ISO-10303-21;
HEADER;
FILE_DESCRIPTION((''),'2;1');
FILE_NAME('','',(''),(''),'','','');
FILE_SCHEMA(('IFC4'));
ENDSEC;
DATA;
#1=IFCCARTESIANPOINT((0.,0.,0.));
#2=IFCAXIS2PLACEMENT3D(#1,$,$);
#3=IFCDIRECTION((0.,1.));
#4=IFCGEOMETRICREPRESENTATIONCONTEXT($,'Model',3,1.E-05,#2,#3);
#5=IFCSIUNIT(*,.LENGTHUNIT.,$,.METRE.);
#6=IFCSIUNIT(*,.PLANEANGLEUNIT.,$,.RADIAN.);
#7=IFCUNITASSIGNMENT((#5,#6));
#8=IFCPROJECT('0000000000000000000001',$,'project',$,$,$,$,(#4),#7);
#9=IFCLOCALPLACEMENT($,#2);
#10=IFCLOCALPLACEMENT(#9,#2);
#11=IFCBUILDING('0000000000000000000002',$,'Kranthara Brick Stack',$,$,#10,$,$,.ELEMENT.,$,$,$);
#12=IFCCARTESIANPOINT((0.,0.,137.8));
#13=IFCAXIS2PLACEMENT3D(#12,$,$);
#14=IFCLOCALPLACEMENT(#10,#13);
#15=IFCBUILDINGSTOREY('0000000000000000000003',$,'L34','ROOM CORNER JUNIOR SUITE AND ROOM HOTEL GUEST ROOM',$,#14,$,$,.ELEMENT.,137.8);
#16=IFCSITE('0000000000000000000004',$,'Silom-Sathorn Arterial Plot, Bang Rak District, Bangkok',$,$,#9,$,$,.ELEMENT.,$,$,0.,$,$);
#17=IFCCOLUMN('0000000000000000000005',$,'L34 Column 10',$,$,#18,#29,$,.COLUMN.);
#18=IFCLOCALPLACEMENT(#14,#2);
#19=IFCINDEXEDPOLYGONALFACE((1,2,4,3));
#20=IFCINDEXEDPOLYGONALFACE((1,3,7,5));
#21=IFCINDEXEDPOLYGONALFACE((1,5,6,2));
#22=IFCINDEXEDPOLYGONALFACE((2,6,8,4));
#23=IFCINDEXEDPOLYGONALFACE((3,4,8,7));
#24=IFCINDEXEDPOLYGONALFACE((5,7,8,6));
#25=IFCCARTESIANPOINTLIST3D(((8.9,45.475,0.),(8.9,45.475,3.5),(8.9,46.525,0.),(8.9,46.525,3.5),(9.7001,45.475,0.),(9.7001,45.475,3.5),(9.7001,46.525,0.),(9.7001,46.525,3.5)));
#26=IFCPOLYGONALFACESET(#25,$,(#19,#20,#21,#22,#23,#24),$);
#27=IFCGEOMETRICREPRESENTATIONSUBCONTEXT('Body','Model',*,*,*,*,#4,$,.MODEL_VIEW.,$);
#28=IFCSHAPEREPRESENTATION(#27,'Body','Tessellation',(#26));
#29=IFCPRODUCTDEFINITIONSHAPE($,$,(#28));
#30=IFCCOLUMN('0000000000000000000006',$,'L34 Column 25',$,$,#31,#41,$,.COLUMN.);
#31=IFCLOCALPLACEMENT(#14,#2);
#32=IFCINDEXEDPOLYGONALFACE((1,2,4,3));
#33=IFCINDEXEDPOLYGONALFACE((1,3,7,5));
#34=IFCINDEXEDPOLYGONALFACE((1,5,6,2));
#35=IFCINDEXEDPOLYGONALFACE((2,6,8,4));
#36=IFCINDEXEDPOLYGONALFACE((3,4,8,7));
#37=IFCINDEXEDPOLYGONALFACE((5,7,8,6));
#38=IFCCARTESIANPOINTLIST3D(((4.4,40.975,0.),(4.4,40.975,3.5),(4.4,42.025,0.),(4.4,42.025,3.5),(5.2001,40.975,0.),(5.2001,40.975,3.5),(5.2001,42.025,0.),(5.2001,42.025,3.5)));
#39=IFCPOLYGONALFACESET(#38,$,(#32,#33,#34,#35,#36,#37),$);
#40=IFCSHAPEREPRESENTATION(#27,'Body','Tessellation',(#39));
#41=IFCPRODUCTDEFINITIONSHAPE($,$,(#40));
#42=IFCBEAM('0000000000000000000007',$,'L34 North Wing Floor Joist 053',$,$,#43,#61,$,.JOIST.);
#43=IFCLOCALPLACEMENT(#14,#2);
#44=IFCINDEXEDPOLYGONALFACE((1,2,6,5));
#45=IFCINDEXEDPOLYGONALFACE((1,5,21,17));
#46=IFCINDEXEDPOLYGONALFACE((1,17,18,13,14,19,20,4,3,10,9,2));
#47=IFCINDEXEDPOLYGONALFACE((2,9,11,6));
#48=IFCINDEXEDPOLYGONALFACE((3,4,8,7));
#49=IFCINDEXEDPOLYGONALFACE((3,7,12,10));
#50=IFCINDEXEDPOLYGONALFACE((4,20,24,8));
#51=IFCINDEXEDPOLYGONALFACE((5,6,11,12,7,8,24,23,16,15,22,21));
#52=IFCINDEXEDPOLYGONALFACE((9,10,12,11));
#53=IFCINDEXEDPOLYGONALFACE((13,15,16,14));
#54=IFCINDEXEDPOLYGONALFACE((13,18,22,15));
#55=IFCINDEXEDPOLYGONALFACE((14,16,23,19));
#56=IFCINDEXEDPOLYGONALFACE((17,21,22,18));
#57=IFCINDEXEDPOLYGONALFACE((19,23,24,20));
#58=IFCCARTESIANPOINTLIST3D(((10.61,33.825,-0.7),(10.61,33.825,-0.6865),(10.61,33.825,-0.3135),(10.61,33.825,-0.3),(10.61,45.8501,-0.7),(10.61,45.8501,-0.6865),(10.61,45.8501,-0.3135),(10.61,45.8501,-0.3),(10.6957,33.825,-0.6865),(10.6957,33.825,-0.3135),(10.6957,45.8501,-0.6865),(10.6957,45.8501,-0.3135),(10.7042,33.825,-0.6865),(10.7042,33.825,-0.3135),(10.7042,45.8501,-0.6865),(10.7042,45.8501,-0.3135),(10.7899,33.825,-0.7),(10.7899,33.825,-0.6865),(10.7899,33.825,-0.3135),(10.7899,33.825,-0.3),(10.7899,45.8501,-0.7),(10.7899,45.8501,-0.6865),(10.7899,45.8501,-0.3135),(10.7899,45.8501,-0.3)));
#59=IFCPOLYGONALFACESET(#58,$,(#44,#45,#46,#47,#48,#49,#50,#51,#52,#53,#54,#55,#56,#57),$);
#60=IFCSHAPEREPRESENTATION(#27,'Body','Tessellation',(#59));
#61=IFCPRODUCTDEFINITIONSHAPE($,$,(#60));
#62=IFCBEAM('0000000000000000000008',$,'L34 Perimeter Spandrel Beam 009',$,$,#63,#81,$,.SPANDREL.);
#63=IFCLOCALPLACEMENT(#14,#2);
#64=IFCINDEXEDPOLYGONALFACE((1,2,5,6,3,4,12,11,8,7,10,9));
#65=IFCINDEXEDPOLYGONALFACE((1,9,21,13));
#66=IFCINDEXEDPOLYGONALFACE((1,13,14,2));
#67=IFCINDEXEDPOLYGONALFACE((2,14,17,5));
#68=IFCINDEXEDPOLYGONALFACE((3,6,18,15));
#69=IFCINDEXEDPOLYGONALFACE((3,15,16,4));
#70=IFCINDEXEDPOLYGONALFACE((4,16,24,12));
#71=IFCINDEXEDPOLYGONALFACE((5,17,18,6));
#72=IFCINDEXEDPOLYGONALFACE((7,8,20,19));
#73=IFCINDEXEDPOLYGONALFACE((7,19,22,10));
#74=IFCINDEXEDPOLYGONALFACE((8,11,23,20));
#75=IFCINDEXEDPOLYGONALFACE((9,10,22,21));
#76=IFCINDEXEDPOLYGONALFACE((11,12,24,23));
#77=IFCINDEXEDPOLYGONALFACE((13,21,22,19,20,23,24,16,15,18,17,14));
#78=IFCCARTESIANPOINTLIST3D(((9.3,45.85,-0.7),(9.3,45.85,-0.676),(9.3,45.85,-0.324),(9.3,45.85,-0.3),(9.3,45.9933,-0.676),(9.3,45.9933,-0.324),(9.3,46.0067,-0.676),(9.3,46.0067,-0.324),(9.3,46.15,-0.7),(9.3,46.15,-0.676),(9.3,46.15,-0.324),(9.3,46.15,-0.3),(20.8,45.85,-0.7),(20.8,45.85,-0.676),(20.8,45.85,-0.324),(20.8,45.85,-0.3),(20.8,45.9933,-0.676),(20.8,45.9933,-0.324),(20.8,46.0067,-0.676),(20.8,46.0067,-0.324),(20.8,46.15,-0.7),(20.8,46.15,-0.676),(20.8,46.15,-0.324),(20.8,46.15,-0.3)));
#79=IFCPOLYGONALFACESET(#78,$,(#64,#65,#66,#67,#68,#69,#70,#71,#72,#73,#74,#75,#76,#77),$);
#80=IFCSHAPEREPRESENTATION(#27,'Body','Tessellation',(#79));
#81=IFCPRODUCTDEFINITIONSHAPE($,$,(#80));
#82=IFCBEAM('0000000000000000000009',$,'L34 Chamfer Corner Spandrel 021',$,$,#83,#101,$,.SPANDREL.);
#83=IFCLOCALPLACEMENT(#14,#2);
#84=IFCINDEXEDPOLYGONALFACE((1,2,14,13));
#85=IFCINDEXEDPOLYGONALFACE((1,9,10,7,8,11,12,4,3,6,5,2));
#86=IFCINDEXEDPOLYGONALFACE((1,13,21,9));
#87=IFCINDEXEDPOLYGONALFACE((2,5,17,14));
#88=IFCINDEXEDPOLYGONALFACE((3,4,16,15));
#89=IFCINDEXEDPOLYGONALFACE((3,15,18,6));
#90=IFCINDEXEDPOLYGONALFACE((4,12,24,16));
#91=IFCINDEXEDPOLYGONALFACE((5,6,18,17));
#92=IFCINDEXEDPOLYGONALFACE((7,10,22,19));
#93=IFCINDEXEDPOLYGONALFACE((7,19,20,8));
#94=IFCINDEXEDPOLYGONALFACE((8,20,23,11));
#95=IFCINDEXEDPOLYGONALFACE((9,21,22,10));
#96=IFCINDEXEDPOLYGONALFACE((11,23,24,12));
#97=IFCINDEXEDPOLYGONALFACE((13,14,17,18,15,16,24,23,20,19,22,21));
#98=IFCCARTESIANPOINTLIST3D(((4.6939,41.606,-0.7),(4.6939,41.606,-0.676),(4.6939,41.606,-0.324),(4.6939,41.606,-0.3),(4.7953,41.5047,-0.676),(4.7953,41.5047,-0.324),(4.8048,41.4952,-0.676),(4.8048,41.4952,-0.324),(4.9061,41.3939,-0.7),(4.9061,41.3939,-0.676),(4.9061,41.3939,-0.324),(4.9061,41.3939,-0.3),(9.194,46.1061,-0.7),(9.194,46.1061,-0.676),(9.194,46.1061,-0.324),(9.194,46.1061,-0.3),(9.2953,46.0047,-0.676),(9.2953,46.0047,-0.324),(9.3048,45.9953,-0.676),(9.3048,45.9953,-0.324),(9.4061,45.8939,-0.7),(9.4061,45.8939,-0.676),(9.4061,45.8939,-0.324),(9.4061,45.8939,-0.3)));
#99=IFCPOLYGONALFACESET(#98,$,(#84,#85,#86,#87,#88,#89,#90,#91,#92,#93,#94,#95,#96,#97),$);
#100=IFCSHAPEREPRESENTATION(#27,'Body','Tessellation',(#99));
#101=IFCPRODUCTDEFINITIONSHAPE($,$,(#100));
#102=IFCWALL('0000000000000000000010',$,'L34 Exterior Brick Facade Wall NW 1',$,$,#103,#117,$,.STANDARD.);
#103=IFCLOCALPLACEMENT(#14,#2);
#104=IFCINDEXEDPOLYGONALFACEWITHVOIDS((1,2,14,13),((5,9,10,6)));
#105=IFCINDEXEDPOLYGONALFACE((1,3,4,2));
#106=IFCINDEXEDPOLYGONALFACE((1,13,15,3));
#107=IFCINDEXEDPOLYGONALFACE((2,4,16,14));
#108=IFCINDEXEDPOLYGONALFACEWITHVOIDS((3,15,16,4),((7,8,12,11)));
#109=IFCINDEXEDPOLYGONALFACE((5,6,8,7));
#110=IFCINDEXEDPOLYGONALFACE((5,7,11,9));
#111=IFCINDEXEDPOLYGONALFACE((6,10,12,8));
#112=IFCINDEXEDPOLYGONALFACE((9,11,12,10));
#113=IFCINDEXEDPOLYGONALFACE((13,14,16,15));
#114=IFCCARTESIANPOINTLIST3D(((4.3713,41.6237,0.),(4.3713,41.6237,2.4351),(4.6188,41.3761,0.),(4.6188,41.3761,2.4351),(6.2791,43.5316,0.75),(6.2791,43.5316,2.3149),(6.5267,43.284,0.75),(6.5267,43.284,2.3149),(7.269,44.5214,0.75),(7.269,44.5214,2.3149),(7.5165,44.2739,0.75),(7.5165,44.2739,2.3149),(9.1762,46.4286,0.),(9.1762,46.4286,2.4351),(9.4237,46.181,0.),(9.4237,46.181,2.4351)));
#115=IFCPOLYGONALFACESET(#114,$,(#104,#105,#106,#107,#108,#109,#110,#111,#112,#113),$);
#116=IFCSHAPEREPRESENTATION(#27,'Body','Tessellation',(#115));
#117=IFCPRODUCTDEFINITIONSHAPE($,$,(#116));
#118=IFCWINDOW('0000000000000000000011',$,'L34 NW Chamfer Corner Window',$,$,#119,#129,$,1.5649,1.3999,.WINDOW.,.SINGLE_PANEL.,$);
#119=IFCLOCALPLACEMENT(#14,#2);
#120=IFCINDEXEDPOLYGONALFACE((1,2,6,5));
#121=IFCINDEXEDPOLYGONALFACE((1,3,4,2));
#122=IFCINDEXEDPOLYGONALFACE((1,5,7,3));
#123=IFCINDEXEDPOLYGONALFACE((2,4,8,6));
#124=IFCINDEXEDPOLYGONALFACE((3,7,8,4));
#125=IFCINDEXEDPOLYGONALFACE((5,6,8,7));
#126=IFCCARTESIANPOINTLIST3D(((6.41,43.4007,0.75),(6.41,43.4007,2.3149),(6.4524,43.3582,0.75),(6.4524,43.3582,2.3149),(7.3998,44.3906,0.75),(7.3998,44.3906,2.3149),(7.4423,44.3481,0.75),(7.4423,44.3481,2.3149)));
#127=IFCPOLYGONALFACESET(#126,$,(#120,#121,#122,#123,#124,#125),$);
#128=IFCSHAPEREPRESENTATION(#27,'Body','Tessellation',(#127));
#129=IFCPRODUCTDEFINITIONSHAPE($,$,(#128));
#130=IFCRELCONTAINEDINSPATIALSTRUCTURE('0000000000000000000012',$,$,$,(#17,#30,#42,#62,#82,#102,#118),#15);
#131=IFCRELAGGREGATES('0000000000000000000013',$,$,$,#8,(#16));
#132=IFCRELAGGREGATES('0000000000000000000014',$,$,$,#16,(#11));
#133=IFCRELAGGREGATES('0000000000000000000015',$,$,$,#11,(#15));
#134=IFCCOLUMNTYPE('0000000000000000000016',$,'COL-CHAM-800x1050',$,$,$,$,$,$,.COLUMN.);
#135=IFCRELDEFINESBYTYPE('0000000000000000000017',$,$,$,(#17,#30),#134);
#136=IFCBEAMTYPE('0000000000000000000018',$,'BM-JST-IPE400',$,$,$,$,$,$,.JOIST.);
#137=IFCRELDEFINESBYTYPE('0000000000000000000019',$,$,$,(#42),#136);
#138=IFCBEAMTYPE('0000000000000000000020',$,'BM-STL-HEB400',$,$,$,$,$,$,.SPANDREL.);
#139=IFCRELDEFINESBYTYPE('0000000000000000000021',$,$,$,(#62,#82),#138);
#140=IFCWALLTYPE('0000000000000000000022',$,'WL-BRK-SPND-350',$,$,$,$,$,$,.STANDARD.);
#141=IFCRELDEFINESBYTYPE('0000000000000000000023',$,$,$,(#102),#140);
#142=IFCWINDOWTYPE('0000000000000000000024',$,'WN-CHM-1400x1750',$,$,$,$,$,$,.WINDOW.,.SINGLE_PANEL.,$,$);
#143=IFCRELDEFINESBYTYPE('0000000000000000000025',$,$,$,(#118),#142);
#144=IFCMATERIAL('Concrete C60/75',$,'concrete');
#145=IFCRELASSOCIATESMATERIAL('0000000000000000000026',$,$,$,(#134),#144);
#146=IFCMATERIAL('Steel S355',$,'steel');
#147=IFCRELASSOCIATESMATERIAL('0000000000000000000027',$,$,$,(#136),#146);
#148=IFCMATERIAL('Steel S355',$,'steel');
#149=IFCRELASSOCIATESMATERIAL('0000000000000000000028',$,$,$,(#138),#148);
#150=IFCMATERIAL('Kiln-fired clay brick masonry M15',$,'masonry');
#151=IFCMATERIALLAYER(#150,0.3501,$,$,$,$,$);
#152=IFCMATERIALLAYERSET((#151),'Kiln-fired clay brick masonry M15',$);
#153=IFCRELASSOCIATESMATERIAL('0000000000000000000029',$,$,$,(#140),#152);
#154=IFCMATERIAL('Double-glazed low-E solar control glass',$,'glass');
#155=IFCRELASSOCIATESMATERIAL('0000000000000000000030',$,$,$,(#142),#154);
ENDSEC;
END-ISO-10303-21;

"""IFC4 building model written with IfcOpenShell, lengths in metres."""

from ifc_helpers import new_model, si_unit, direction, frame, frame_2d, origin, origin_2d, place, context, subcontext, project, spatial, rectangle, i_section, extrude, material, layer, layer_set, material_profile, profile_set, type_object, element, fill, save


model = new_model("IFC4")

# Units and contexts
model_context = context("Model", 3, precision=1e-05, world=origin(), true_north=direction((0.0, 1.0)))
body_context = subcontext(model_context, "Body", "Model", "MODEL_VIEW")
ifc_project = project(units=[si_unit("LENGTHUNIT", "METRE"), si_unit("PLANEANGLEUNIT", "RADIAN")], contexts=[model_context])

# Site, building, storey
site_placement = place(None, origin())
site = spatial("IfcSite", under=ifc_project, at=site_placement, Name="Silom-Sathorn Arterial Plot, Bang Rak District, Bangkok", CompositionType="ELEMENT", RefElevation=0.0)
building_placement = place(site_placement, origin())
building = spatial("IfcBuilding", under=site, at=building_placement, Name="Kranthara Brick Stack", CompositionType="ELEMENT")
storey_placement = place(building_placement, frame((0.0, 0.0, 137.8)))
storey = spatial("IfcBuildingStorey", under=building, at=storey_placement, Name="L34", Description="ROOM CORNER JUNIOR SUITE AND ROOM HOTEL GUEST ROOM", CompositionType="ELEMENT", Elevation=137.8)

# Columns
ifc_material_1 = material(Name="Concrete C60/75", Category="concrete")
ifc_material_profile_1 = material_profile(ifc_material_1, rectangle(XDim=0.8, YDim=1.05, at=origin_2d()), Name="RC 800x1050")
ifc_profile_set_1 = profile_set([ifc_material_profile_1], Name="Concrete C60/75")
column_type = type_object("IfcColumnType", Name="COL-CHAM-800x1050", PredefinedType="COLUMN", material=ifc_profile_set_1)
for number, where, z_axis, x_axis, name in (
    (1, (9.3, 46.0, 0.0), (0.0, 0.0, 1.0), (1.0, 0.0, 0.0), "L34 Column 10"),
    (2, (4.8, 41.5, 0.0), (0.0, 0.0, 1.0), (1.0, 0.0, 0.0), "L34 Column 25"),
):
    element("IfcColumn", number, at=place(storey_placement, frame(where, z_axis=z_axis, x_axis=x_axis)), inside=storey, type_object=column_type, Name=name, PredefinedType="COLUMN", context=body_context, shape_type="SweptSolid", body=[
        extrude(rectangle(XDim=0.8, YDim=1.05, at=origin_2d()), origin(), (0.0, 0.0, 1.0), 3.5),
    ])

# Beams
ifc_material_2 = material(Name="Steel S355", Category="steel")
ifc_material_profile_2 = material_profile(ifc_material_2, i_section(OverallWidth=0.1799, OverallDepth=0.3999, WebThickness=0.0085, FlangeThickness=0.0134, at=origin_2d()), Name="IPE 400")
ifc_profile_set_2 = profile_set([ifc_material_profile_2], Name="Steel S355")
beam_type_1 = type_object("IfcBeamType", Name="BM-JST-IPE400", PredefinedType="JOIST", material=ifc_profile_set_2)
beam_1_placement = place(storey_placement, frame((10.7, 33.825, -0.5), z_axis=(0.0, 1.0, 0.0), x_axis=(-1.0, 0.0, 0.0)))
element("IfcBeam", 3, at=beam_1_placement, inside=storey, type_object=beam_type_1, Name="L34 North Wing Floor Joist 053", PredefinedType="JOIST", context=body_context, shape_type="SweptSolid", body=[
    extrude(i_section(OverallWidth=0.1799, OverallDepth=0.3999, WebThickness=0.0085, FlangeThickness=0.0134, at=origin_2d()), origin(), (0.0, 0.0, 1.0), 12.0251),
])
ifc_material_3 = material(Name="Steel S355", Category="steel")
ifc_material_profile_3 = material_profile(ifc_material_3, i_section(OverallWidth=0.3, OverallDepth=0.3999, WebThickness=0.0134, FlangeThickness=0.0239, at=origin_2d()), Name="HEB 400")
ifc_profile_set_3 = profile_set([ifc_material_profile_3], Name="Steel S355")
beam_type_2 = type_object("IfcBeamType", Name="BM-STL-HEB400", PredefinedType="SPANDREL", material=ifc_profile_set_3)
beam_2_placement = place(storey_placement, frame((9.3, 46.0, -0.5), z_axis=(1.0, 0.0, 0.0), x_axis=(0.0, 1.0, 0.0)))
element("IfcBeam", 4, at=beam_2_placement, inside=storey, type_object=beam_type_2, Name="L34 Perimeter Spandrel Beam 009", PredefinedType="SPANDREL", context=body_context, shape_type="SweptSolid", body=[
    extrude(i_section(OverallWidth=0.3, OverallDepth=0.3999, WebThickness=0.0134, FlangeThickness=0.0239, at=origin_2d()), origin(), (0.0, 0.0, 1.0), 11.5),
])
beam_3_placement = place(storey_placement, frame((9.3, 46.0, -0.5), z_axis=(-0.707107, -0.707107, 0.0), x_axis=(0.707107, -0.707107, 0.0)))
element("IfcBeam", 5, at=beam_3_placement, inside=storey, type_object=beam_type_2, Name="L34 Chamfer Corner Spandrel 021", PredefinedType="SPANDREL", context=body_context, shape_type="SweptSolid", body=[
    extrude(i_section(OverallWidth=0.3, OverallDepth=0.3999, WebThickness=0.0134, FlangeThickness=0.0239, at=origin_2d()), origin(), (0.0, 0.0, 1.0), 6.364),
])

# Wall, opening, window
ifc_material_4 = material(Name="Kiln-fired clay brick masonry M15", Category="masonry")
ifc_layer_1 = layer(ifc_material_4, 0.3501)
ifc_layer_set_1 = layer_set([ifc_layer_1], Name="Kiln-fired clay brick masonry M15")
wall_type_1 = type_object("IfcWallType", Name="WL-BRK-SPND-350", PredefinedType="STANDARD", material=ifc_layer_set_1)
wall_1_placement = place(storey_placement, frame((4.4951, 41.5, 0.0), z_axis=(0.0, 0.0, 1.0), x_axis=(0.707107, 0.707107, 0.0)))
wall_1 = element("IfcWall", 6, at=wall_1_placement, inside=storey, type_object=wall_type_1, Name="L34 Exterior Brick Facade Wall NW 1", PredefinedType="STANDARD", context=body_context, shape_type="SweptSolid", body=[
    extrude(rectangle(XDim=6.7952, YDim=0.3501, at=frame_2d((3.3975, 0.0))), origin(), (0.0, 0.0, 1.0), 2.4351),
])
opening_1_placement = place(wall_1_placement, frame((2.698, 0.0, 0.75)))
opening_1 = element("IfcOpeningElement", 7, at=opening_1_placement, cuts=wall_1, PredefinedType="OPENING", context=body_context, shape_type="SweptSolid", body=[
    extrude(rectangle(XDim=1.3999, YDim=1.5649, at=frame_2d((0.7, 0.7825))), frame((0.0, 0.1851, 0.0), z_axis=(0.0, -1.0, 0.0), x_axis=(1.0, 0.0, 0.0)), (0.0, 0.0, 1.0), 0.3701),
])
ifc_material_5 = material(Name="Double-glazed low-E solar control glass", Category="glass")
window_type_1 = type_object("IfcWindowType", Name="WN-CHM-1400x1750", PartitioningType="SINGLE_PANEL", PredefinedType="WINDOW", material=ifc_material_5)
window_1_placement = place(opening_1_placement, origin())
window_1 = element("IfcWindow", 8, at=window_1_placement, inside=storey, type_object=window_type_1, Name="L34 NW Chamfer Corner Window", OverallHeight=1.5649, OverallWidth=1.3999, PartitioningType="SINGLE_PANEL", PredefinedType="WINDOW", context=body_context, shape_type="SweptSolid", body=[
    extrude(rectangle(XDim=1.3999, YDim=1.5649, at=frame_2d((0.7, 0.7825))), frame((0.0, -0.01, 0.0), z_axis=(0.0, -1.0, 0.0), x_axis=(1.0, 0.0, 0.0)), (0.0, 0.0, 1.0), 0.0601),
])
fill(opening_1, window_1)

save(model, "model.ifc")
